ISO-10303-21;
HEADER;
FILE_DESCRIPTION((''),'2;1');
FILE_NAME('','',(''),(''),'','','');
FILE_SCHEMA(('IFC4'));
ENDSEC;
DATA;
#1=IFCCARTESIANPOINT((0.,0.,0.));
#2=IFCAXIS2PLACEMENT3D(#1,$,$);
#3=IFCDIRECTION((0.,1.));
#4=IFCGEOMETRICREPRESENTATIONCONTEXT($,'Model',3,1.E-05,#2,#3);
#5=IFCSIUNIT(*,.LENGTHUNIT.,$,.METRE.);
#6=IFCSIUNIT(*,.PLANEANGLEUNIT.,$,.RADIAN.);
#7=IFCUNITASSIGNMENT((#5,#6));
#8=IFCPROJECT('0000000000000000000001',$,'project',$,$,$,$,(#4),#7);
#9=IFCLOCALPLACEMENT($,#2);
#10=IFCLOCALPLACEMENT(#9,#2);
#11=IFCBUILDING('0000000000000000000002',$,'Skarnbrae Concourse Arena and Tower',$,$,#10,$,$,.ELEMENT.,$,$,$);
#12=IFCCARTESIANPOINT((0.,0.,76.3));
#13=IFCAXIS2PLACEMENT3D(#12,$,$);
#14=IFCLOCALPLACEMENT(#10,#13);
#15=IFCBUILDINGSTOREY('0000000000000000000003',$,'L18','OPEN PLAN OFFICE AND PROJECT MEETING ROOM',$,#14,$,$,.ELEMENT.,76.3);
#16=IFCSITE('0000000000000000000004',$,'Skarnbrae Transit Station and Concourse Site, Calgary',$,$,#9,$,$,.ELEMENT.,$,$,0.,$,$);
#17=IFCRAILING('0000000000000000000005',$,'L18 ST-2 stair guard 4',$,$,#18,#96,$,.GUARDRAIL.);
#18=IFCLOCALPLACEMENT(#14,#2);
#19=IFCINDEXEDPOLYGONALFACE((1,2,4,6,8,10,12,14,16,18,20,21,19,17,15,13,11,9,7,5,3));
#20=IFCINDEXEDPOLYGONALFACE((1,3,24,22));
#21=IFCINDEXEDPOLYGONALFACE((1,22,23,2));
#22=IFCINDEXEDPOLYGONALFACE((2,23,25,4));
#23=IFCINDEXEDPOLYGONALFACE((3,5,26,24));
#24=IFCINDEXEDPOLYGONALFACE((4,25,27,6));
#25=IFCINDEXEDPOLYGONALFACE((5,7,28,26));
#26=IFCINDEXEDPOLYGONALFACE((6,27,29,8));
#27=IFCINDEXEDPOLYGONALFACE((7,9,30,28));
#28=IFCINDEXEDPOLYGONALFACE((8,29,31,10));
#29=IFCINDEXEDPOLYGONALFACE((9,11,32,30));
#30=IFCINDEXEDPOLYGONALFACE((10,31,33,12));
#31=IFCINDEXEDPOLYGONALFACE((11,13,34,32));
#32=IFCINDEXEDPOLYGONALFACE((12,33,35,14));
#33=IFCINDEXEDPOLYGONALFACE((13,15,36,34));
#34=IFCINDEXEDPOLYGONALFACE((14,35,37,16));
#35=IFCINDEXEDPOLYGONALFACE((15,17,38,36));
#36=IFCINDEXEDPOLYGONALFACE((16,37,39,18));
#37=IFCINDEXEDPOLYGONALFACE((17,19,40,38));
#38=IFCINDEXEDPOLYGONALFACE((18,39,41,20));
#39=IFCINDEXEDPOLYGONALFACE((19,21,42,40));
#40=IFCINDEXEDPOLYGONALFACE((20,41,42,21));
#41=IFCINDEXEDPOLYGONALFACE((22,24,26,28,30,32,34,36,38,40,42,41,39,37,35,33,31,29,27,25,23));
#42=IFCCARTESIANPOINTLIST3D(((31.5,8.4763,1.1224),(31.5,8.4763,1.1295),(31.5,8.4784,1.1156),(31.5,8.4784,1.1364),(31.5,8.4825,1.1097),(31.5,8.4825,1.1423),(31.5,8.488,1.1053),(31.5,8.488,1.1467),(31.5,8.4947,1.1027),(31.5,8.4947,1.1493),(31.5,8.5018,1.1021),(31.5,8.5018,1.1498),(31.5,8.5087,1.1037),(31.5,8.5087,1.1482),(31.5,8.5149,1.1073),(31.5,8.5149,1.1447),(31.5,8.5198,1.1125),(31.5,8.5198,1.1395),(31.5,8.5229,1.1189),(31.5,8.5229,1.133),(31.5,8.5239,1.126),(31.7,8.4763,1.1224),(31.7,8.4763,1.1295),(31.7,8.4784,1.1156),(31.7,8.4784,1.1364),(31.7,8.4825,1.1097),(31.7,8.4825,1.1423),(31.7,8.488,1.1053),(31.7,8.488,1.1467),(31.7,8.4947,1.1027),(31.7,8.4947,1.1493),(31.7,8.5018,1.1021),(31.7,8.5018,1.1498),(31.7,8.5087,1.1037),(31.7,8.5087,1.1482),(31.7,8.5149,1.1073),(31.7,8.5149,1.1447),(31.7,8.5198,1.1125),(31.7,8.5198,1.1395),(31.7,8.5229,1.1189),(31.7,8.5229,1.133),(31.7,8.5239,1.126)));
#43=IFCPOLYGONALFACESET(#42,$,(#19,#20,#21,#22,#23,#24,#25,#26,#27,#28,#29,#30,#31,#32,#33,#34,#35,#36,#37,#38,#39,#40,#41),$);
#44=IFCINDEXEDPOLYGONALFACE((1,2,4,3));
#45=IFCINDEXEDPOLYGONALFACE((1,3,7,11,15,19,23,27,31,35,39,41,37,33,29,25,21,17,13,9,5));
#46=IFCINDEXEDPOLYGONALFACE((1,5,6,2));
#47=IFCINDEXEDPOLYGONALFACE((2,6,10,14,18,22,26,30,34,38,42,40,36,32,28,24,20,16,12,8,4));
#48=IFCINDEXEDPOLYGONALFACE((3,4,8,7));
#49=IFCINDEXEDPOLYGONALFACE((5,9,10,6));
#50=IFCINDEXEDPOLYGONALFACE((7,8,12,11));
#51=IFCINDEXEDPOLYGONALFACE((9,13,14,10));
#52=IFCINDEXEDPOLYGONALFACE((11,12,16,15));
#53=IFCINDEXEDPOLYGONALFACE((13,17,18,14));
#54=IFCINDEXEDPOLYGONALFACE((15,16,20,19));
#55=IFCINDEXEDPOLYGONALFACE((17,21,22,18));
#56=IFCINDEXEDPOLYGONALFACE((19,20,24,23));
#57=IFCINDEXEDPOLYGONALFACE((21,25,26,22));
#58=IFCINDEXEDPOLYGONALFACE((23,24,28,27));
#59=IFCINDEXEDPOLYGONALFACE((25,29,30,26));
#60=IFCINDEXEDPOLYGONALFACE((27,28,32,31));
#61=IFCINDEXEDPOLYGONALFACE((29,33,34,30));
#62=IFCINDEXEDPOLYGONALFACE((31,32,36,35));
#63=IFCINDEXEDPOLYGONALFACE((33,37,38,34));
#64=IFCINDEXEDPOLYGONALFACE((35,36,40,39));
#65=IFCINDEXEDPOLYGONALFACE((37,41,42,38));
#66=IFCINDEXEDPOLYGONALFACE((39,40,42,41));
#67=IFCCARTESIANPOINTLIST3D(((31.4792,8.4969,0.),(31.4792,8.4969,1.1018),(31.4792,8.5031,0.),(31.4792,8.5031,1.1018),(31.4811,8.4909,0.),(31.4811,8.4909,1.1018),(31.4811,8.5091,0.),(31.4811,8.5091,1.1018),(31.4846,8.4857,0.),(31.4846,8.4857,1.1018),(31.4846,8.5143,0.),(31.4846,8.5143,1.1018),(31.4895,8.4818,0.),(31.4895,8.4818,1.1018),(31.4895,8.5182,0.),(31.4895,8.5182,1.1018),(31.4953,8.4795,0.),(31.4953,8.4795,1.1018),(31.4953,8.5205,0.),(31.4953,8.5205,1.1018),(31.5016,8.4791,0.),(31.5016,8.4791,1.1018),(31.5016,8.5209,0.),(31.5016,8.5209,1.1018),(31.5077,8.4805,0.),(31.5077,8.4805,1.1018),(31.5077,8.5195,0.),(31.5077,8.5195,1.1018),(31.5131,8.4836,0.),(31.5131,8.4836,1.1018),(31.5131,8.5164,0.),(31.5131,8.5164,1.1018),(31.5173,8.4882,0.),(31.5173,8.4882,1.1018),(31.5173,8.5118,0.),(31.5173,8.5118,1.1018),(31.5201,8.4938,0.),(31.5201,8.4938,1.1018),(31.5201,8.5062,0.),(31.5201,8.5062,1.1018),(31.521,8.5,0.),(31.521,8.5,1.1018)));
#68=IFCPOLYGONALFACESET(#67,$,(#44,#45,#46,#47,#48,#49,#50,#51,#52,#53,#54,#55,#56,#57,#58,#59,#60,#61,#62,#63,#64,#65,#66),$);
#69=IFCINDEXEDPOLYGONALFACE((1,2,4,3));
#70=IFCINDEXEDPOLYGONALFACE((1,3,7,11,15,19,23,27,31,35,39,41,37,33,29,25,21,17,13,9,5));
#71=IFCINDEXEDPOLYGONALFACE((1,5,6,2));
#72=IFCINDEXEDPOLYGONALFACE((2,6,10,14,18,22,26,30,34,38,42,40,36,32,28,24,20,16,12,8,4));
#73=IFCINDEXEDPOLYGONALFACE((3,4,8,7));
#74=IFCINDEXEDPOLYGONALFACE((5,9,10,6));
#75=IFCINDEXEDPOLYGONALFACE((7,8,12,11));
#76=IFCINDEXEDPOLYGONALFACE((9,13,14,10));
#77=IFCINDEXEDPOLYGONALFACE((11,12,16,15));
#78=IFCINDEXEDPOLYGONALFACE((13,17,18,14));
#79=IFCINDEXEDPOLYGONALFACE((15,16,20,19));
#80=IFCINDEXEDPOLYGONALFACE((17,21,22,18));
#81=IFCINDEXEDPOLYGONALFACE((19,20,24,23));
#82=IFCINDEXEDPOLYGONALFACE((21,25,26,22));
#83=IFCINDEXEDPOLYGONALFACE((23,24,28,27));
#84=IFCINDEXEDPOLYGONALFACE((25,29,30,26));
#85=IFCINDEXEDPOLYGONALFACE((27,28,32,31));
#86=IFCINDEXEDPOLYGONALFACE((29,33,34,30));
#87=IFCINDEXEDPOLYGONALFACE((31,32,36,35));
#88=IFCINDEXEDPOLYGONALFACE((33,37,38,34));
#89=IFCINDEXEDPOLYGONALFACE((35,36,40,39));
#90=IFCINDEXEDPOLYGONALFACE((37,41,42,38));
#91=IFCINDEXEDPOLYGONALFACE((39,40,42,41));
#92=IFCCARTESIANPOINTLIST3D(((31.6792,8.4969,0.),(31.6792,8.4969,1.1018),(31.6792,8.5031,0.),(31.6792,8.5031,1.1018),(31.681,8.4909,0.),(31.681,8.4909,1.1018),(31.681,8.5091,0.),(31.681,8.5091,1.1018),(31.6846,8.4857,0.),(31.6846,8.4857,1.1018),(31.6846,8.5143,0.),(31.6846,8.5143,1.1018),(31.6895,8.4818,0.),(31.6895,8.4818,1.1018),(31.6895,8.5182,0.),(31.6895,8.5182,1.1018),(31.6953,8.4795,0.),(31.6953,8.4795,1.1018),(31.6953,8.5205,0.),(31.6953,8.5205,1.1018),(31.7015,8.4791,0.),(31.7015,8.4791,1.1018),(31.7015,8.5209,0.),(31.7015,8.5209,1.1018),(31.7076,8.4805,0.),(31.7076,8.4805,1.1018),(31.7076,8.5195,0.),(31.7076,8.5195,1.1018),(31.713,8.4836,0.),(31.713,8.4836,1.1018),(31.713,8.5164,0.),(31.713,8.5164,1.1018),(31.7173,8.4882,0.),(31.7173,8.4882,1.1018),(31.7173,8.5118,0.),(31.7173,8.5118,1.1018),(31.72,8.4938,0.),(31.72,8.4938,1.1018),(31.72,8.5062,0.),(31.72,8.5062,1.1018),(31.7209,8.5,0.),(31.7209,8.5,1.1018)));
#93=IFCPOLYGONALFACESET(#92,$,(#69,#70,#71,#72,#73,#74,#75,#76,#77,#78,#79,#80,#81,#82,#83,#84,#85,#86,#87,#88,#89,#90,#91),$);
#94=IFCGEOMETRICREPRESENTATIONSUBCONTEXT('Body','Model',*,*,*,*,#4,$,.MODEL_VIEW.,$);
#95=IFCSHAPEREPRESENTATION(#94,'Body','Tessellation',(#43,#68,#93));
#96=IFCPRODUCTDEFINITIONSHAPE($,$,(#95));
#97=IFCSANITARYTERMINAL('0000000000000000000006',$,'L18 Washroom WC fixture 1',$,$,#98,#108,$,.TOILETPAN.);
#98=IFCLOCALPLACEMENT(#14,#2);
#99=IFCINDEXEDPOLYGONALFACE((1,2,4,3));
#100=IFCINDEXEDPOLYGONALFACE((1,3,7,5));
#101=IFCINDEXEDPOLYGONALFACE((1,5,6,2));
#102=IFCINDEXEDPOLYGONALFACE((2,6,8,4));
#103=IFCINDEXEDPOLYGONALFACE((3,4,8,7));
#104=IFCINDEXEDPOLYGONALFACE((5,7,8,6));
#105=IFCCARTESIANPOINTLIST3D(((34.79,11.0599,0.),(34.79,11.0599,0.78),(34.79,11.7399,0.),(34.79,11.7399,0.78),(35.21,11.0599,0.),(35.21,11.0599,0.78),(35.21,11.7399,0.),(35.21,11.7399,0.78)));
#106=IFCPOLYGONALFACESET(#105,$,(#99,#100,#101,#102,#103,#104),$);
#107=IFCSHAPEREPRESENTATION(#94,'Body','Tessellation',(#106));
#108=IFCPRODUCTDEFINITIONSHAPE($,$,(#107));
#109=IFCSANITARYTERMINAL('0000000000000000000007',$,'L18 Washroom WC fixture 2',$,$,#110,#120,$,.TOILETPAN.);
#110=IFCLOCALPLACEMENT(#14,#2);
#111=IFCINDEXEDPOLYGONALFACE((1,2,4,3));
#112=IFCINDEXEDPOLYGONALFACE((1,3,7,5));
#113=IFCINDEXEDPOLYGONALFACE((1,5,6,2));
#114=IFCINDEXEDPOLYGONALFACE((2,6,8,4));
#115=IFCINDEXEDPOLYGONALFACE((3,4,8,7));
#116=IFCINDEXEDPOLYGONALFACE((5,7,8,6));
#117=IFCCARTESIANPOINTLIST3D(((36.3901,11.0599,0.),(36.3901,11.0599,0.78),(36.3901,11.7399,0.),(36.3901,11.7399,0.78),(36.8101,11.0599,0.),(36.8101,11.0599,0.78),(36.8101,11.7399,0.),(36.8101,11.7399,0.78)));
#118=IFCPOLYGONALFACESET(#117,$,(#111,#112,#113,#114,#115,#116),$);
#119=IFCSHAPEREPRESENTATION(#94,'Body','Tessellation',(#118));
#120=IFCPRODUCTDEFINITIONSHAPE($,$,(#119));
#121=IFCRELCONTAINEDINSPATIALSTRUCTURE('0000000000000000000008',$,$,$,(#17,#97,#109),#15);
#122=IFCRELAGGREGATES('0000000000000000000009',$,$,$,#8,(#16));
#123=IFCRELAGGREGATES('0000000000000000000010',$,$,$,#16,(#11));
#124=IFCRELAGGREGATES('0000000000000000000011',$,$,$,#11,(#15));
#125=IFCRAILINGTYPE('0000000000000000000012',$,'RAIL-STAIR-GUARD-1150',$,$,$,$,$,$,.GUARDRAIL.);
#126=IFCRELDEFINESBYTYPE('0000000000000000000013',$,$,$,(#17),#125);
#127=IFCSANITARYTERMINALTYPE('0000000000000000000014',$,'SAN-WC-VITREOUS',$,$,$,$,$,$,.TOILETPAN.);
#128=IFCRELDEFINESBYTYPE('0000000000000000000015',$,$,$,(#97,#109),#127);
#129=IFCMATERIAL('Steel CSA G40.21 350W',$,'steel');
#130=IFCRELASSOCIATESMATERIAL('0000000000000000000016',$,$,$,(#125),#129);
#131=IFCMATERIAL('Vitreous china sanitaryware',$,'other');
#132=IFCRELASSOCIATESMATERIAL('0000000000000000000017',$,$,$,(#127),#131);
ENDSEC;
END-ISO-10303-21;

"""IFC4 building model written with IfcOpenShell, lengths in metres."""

from ifc_helpers import new_model, si_unit, direction, frame, origin, origin_2d, place, context, subcontext, project, spatial, rectangle, circle, extrude, source, transform, mapped, material, type_object, element, save


model = new_model("IFC4")

# Units and contexts
model_context = context("Model", 3, precision=1e-05, world=origin(), true_north=direction((0.0, 1.0)))
body_context = subcontext(model_context, "Body", "Model", "MODEL_VIEW")
ifc_project = project(units=[si_unit("LENGTHUNIT", "METRE"), si_unit("PLANEANGLEUNIT", "RADIAN")], contexts=[model_context])

# Site, building, storey
site_placement = place(None, origin())
site = spatial("IfcSite", under=ifc_project, at=site_placement, Name="Skarnbrae Transit Station and Concourse Site, Calgary", CompositionType="ELEMENT", RefElevation=0.0)
building_placement = place(site_placement, origin())
building = spatial("IfcBuilding", under=site, at=building_placement, Name="Skarnbrae Concourse Arena and Tower", CompositionType="ELEMENT")
storey_placement = place(building_placement, frame((0.0, 0.0, 76.3)))
storey = spatial("IfcBuildingStorey", under=building, at=storey_placement, Name="L18", Description="OPEN PLAN OFFICE AND PROJECT MEETING ROOM", CompositionType="ELEMENT", Elevation=76.3)

# Shared definitions
ifc_material_1 = material(Name="Steel CSA G40.21 350W", Category="steel")

# Railing
railing_type_1 = type_object("IfcRailingType", Name="RAIL-STAIR-GUARD-1150", PredefinedType="GUARDRAIL", material=ifc_material_1)
railing_1_placement = place(storey_placement, frame((31.5, 8.5, 0.0)))
element("IfcRailing", 1, at=railing_1_placement, inside=storey, type_object=railing_type_1, Name="L18 ST-2 stair guard 4", PredefinedType="GUARDRAIL", context=body_context, shape_type="SweptSolid", body=[
    extrude(circle(Radius=0.0239, at=origin_2d()), frame((0.0, 0.0, 1.126), z_axis=(1.0, 0.0, 0.0), x_axis=(0.0, 1.0, 0.0)), (0.0, 0.0, 1.0), 0.2),
    extrude(circle(Radius=0.021, at=origin_2d()), origin(), (0.0, 0.0, 1.0), 1.1018),
    extrude(circle(Radius=0.021, at=origin_2d()), frame((0.2, 0.0, 0.0)), (0.0, 0.0, 1.0), 1.1018),
])

# Sanitary terminals
ifc_material_2 = material(Name="Vitreous china sanitaryware", Category="other")
sanitary_terminal_type = type_object("IfcSanitaryTerminalType", Name="SAN-WC-VITREOUS", PredefinedType="TOILETPAN", material=ifc_material_2)
shared_shape_1 = source(origin(), body_context, "Body", "SweptSolid", [
    extrude(rectangle(XDim=0.4199, YDim=0.6799, at=origin_2d()), origin(), (0.0, 0.0, 1.0), 0.78),
])
for number, where, z_axis, x_axis, name in (
    (2, (35.0, 11.3999, 0.0), (0.0, 0.0, 1.0), (1.0, 0.0, 0.0), "L18 Washroom WC fixture 1"),
    (3, (36.6001, 11.3999, 0.0), (0.0, 0.0, 1.0), (1.0, 0.0, 0.0), "L18 Washroom WC fixture 2"),
):
    element("IfcSanitaryTerminal", number, at=place(storey_placement, frame(where, z_axis=z_axis, x_axis=x_axis)), inside=storey, type_object=sanitary_terminal_type, Name=name, PredefinedType="TOILETPAN", context=body_context, shape_type="MappedRepresentation", body=[
        mapped(shared_shape_1, transform((0.0, 0.0, 0.0))),
    ])

save(model, "model.ifc")
